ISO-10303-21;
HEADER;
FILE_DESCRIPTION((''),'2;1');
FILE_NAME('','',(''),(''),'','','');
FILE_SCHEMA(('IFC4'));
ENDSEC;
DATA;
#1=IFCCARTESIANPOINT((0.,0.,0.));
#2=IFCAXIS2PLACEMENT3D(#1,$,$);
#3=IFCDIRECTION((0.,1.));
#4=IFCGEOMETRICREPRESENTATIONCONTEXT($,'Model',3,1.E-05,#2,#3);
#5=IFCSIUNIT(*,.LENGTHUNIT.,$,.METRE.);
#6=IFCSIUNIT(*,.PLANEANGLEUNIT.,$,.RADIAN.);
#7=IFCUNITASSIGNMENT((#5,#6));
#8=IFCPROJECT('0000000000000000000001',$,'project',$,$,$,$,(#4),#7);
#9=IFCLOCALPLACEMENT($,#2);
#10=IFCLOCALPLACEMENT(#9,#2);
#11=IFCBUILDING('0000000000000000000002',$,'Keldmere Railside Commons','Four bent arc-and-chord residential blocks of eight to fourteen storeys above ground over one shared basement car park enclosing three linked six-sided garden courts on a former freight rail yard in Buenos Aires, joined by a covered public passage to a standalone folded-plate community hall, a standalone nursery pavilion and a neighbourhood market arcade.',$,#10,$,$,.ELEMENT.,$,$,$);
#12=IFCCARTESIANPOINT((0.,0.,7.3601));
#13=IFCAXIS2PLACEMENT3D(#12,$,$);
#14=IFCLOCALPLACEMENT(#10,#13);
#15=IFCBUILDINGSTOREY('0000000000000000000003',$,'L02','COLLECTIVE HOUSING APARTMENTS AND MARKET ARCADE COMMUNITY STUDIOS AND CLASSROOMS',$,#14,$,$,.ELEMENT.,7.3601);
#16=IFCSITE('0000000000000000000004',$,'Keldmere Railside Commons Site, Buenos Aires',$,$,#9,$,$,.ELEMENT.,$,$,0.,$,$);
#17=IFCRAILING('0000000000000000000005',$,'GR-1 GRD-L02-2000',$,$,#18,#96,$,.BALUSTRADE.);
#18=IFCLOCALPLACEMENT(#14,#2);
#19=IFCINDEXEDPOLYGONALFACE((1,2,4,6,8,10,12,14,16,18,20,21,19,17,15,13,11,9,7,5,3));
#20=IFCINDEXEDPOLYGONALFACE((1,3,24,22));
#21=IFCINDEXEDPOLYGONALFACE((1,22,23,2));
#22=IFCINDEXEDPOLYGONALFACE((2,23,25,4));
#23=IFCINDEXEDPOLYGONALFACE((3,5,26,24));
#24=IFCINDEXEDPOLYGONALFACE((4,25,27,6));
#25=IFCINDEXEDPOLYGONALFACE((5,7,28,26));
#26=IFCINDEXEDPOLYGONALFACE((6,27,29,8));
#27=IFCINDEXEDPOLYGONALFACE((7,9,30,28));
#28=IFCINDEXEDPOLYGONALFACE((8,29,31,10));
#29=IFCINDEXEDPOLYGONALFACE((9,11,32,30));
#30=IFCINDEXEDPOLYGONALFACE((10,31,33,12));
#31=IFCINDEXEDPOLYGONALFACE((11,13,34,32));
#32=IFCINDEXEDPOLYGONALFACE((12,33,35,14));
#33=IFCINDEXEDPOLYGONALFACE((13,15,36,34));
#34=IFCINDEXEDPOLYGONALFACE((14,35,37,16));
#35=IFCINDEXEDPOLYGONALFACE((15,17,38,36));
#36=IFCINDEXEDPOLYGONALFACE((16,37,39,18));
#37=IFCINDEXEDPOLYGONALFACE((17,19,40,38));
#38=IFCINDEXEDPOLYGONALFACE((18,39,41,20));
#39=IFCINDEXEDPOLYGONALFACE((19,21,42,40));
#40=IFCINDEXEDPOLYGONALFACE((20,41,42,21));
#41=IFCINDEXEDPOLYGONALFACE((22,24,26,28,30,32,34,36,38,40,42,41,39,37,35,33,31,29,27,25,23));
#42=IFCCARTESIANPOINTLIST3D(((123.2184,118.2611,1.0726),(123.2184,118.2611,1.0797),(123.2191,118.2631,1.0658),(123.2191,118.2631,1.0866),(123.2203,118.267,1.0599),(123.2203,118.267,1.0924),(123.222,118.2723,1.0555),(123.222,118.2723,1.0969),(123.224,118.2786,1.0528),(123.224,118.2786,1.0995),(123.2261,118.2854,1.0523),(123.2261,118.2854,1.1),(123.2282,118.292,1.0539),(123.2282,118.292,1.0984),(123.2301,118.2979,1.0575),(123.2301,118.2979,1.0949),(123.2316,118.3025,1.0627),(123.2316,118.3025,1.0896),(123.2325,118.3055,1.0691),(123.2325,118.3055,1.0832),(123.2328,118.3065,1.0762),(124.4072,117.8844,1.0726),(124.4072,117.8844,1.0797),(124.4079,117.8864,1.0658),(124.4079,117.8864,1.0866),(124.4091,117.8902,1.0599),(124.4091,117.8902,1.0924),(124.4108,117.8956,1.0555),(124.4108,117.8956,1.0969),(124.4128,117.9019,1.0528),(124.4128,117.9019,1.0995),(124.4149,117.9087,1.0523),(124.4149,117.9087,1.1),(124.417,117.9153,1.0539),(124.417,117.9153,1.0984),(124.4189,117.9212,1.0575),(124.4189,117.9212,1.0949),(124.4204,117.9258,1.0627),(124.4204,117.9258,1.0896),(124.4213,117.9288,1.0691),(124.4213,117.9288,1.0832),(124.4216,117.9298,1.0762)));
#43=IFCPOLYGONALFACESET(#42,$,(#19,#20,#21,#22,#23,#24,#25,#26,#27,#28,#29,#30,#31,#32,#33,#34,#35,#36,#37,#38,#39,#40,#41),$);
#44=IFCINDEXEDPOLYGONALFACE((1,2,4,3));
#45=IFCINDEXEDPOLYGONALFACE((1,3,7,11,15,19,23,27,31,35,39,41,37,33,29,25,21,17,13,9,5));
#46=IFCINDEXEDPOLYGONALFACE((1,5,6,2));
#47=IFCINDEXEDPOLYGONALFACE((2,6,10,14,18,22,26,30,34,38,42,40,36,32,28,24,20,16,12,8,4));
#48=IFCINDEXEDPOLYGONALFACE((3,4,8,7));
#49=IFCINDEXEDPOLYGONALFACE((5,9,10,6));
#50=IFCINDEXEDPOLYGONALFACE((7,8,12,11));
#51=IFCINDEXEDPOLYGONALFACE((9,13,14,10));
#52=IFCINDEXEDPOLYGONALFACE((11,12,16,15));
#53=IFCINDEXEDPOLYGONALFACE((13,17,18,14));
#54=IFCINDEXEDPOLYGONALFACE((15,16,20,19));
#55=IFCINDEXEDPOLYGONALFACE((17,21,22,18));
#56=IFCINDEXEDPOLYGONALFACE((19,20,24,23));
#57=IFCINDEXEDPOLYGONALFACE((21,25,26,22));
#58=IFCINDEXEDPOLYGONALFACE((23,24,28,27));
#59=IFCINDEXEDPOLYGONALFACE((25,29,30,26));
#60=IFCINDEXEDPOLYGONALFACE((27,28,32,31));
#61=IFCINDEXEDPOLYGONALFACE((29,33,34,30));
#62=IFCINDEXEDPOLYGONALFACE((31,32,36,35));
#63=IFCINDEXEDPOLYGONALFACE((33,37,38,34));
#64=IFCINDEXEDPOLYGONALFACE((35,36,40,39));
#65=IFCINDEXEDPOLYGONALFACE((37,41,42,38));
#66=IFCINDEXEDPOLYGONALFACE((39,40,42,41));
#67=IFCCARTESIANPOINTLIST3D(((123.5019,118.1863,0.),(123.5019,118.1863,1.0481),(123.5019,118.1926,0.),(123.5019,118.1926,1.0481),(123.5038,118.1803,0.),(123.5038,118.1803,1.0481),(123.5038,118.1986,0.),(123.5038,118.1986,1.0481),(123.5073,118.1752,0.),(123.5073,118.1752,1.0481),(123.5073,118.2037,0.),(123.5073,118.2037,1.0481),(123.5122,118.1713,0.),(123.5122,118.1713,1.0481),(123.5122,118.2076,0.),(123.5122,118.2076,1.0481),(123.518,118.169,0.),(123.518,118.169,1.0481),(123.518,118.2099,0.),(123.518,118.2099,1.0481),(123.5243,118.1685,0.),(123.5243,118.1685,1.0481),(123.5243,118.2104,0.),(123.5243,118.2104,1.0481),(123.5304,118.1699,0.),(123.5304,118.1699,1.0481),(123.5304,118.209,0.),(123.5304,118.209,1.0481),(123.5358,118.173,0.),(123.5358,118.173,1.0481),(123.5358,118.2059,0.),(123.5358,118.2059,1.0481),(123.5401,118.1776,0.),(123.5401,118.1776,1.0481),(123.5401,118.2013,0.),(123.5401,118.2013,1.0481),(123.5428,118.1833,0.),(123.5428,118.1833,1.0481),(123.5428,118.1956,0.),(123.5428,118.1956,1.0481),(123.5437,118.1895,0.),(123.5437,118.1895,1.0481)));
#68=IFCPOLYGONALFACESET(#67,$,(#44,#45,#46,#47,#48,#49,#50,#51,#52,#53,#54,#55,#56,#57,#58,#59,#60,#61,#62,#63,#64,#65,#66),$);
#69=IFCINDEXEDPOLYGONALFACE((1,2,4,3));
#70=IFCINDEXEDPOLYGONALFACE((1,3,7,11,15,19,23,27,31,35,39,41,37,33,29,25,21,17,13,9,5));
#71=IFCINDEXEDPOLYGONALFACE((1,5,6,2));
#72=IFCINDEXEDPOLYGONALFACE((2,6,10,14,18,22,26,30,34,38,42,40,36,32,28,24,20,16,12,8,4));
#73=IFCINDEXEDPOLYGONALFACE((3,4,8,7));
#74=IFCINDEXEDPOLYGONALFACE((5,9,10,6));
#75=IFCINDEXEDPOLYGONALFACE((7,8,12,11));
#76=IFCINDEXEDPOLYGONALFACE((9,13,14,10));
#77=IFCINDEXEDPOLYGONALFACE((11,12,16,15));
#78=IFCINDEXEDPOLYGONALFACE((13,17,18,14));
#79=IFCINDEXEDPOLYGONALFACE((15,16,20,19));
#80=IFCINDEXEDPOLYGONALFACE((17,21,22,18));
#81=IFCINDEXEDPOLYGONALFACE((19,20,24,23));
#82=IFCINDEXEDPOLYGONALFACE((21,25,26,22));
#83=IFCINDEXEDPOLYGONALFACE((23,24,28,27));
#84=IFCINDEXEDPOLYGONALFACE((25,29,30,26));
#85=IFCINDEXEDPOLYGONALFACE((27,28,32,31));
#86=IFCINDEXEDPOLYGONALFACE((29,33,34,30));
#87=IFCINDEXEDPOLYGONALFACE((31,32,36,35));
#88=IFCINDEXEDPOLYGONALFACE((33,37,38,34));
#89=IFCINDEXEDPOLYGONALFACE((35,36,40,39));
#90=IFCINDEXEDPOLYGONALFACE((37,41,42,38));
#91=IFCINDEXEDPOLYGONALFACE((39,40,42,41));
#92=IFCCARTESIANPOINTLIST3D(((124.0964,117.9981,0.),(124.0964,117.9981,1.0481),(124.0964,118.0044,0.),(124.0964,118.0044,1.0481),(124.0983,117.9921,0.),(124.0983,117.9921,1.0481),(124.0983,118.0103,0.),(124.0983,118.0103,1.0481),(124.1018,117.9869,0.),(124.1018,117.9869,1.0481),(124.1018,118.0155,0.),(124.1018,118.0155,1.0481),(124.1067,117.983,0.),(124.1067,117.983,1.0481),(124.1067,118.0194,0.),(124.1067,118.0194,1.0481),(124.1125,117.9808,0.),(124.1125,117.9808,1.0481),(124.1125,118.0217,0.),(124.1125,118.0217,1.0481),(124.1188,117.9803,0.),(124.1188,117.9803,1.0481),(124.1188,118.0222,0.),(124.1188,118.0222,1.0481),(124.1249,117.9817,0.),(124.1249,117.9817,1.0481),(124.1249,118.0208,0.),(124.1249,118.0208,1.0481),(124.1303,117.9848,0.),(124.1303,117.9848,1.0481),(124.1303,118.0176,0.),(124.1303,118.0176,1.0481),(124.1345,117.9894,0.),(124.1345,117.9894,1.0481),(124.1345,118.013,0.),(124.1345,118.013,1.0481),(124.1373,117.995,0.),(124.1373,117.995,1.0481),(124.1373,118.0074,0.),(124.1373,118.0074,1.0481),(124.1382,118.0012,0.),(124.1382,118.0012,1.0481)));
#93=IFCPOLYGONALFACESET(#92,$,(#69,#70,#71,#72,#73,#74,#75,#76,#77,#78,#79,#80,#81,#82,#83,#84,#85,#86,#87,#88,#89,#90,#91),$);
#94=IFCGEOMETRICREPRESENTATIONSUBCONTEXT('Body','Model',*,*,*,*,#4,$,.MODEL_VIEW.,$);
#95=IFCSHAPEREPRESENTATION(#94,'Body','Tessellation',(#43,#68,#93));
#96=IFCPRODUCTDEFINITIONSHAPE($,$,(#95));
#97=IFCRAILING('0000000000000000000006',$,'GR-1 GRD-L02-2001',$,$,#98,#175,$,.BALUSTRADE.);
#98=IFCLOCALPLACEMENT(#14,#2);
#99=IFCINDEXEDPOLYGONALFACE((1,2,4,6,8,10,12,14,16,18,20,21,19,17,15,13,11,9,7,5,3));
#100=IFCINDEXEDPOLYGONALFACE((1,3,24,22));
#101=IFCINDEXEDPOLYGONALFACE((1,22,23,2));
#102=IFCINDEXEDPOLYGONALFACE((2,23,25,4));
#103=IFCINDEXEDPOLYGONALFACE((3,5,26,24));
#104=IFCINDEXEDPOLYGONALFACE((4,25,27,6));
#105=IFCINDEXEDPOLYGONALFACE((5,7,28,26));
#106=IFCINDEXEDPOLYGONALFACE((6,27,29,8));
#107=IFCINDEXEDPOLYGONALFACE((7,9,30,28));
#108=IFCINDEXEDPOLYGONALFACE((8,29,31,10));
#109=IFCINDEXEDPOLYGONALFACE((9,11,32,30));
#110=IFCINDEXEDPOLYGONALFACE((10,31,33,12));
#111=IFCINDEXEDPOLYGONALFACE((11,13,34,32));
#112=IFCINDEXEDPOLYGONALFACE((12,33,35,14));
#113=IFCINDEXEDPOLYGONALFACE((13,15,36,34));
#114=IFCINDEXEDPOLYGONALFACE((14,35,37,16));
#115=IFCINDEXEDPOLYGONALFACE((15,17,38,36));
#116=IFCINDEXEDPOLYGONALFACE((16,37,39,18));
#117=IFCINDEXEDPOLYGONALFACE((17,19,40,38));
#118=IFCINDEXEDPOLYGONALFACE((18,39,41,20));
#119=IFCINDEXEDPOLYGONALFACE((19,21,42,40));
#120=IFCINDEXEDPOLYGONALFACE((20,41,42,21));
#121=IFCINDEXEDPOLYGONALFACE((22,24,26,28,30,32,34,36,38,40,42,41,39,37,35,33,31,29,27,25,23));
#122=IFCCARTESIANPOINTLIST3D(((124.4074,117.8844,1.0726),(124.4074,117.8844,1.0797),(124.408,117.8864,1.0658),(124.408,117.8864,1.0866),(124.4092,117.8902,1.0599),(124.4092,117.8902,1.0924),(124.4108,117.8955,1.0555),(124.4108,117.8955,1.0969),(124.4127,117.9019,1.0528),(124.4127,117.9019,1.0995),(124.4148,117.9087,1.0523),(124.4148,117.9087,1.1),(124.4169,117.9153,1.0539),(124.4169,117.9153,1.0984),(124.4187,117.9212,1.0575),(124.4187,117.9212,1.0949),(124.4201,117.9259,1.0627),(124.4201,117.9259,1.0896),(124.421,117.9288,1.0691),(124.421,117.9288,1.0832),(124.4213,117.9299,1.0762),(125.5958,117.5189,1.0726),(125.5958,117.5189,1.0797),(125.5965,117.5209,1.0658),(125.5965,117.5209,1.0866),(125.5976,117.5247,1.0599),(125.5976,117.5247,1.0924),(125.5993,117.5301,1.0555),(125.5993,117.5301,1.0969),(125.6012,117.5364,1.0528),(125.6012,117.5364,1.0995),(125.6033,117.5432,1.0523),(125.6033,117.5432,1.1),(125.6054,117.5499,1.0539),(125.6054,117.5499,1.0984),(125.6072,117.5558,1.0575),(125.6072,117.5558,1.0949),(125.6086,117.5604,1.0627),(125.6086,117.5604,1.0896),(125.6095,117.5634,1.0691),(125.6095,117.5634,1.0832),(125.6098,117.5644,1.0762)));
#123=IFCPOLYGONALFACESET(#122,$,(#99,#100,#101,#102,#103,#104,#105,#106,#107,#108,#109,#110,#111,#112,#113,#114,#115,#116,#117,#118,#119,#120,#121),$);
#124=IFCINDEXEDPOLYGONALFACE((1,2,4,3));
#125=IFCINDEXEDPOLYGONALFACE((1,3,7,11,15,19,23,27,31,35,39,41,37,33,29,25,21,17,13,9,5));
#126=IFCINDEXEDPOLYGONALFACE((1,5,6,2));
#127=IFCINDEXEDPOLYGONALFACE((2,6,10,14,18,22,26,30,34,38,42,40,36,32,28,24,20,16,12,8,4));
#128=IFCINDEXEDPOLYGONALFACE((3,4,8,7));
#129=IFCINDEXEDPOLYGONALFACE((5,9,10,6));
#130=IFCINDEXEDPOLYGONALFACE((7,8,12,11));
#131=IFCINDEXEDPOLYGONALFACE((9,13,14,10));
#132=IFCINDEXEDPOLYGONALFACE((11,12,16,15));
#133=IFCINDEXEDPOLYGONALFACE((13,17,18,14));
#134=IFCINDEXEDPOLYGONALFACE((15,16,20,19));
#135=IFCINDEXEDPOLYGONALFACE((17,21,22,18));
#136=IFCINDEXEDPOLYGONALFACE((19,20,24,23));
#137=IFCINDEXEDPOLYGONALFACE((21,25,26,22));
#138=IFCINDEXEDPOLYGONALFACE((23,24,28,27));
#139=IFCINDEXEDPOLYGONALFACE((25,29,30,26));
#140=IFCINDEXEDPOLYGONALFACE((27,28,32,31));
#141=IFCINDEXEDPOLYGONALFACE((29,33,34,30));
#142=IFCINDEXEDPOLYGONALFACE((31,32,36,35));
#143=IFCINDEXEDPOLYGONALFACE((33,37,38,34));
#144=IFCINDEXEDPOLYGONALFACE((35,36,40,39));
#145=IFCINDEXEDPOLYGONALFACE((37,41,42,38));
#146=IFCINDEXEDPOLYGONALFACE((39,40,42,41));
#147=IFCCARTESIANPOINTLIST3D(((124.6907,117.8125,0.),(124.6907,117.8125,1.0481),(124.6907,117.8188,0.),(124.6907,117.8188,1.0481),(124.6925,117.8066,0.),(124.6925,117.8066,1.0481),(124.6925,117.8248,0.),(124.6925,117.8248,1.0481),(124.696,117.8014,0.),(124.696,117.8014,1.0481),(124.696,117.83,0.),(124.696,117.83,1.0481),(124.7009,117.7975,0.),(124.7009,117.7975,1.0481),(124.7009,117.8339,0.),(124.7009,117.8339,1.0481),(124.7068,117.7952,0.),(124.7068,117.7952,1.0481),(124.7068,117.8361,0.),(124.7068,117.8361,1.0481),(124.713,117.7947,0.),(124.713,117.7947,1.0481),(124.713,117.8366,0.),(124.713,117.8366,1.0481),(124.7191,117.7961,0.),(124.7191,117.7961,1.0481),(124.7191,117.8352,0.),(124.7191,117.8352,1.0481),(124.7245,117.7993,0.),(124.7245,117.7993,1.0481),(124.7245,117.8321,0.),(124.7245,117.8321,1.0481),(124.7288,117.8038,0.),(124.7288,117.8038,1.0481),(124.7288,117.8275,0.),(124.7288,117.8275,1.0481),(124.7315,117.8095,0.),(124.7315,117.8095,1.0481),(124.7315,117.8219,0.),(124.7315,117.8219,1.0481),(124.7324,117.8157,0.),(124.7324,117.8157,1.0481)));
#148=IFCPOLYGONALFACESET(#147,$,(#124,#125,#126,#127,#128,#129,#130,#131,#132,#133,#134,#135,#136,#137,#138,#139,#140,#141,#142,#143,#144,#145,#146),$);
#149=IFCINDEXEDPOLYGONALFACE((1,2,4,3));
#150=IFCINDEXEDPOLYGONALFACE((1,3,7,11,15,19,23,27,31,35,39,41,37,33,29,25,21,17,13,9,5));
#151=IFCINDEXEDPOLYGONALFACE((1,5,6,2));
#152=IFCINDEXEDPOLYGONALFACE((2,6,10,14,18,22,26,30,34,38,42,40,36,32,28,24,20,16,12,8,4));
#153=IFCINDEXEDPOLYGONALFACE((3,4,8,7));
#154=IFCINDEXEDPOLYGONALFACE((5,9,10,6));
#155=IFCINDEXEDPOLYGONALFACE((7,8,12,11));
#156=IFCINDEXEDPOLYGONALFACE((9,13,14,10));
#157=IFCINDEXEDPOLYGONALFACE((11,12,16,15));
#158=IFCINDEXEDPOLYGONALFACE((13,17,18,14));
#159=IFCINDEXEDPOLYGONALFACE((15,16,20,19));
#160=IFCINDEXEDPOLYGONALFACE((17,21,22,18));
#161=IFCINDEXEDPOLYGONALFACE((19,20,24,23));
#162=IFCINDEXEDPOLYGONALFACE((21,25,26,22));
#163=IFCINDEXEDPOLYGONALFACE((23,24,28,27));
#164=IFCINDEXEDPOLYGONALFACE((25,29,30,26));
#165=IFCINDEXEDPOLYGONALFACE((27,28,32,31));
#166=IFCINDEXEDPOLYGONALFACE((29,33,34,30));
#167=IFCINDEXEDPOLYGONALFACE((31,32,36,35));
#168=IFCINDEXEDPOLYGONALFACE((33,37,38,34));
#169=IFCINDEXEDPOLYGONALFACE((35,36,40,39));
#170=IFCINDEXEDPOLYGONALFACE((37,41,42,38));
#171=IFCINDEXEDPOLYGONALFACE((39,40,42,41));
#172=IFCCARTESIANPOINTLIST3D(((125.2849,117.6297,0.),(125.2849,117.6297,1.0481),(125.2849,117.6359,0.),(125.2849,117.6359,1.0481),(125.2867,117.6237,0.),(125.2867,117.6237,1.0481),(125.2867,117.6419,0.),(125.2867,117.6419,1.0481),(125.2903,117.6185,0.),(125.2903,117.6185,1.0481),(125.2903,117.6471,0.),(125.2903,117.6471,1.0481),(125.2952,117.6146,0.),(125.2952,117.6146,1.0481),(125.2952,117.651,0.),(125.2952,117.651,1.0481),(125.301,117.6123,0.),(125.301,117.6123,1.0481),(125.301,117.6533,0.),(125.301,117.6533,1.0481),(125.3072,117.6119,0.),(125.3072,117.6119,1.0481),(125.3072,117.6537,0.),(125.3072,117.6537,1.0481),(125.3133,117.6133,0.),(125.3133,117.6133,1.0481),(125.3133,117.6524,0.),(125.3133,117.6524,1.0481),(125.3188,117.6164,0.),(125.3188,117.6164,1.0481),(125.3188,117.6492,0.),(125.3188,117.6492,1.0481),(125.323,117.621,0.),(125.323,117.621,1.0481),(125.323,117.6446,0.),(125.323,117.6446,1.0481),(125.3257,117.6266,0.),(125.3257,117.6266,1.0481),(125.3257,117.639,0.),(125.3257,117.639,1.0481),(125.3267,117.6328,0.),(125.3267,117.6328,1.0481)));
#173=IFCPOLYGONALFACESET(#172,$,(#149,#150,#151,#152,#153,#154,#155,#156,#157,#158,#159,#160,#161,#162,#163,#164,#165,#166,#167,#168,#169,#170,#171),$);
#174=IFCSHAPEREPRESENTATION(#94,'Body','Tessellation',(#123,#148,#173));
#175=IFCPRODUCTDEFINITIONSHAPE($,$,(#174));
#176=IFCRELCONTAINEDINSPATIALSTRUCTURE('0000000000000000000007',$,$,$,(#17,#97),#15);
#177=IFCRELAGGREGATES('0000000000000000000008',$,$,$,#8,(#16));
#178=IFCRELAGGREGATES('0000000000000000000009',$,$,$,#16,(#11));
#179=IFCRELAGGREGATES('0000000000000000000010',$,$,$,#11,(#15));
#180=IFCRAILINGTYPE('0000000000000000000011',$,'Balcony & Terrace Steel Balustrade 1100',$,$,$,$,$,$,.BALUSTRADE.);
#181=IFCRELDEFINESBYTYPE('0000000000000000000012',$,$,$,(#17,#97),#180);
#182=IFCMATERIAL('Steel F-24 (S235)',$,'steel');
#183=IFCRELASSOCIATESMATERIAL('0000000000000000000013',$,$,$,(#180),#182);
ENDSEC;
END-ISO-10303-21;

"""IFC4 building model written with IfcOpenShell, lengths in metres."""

from ifc_helpers import new_model, si_unit, direction, frame, origin, origin_2d, place, context, subcontext, project, spatial, circle, extrude, material, type_object, element, save


model = new_model("IFC4")

# Units and contexts
model_context = context("Model", 3, precision=1e-05, world=origin(), true_north=direction((0.0, 1.0)))
body_context = subcontext(model_context, "Body", "Model", "MODEL_VIEW")
ifc_project = project(units=[si_unit("LENGTHUNIT", "METRE"), si_unit("PLANEANGLEUNIT", "RADIAN")], contexts=[model_context])

# Site, building, storey
site_placement = place(None, origin())
site = spatial("IfcSite", under=ifc_project, at=site_placement, Name="Keldmere Railside Commons Site, Buenos Aires", CompositionType="ELEMENT", RefElevation=0.0)
building_placement = place(site_placement, origin())
building = spatial("IfcBuilding", under=site, at=building_placement, Name="Keldmere Railside Commons", Description="Four bent arc-and-chord residential blocks of eight to fourteen storeys above ground over one shared basement car park enclosing three linked six-sided garden courts on a former freight rail yard in Buenos Aires, joined by a covered public passage to a standalone folded-plate community hall, a standalone nursery pavilion and a neighbourhood market arcade.", CompositionType="ELEMENT")
storey_placement = place(building_placement, frame((0.0, 0.0, 7.3601)))
storey = spatial("IfcBuildingStorey", under=building, at=storey_placement, Name="L02", Description="COLLECTIVE HOUSING APARTMENTS AND MARKET ARCADE COMMUNITY STUDIOS AND CLASSROOMS", CompositionType="ELEMENT", Elevation=7.3601)

# Railings
ifc_material_1 = material(Name="Steel F-24 (S235)", Category="steel")
railing_type = type_object("IfcRailingType", Name="Balcony & Terrace Steel Balustrade 1100", PredefinedType="BALUSTRADE", material=ifc_material_1)
railing_1_placement = place(storey_placement, frame((123.2256, 118.2837, 0.0)))
element("IfcRailing", 1, at=railing_1_placement, inside=storey, type_object=railing_type, Name="GR-1 GRD-L02-2000", PredefinedType="BALUSTRADE", context=body_context, shape_type="SweptSolid", body=[
    extrude(circle(Radius=0.0239, at=origin_2d()), frame((0.0, 0.0, 1.0762), z_axis=(0.953277, -0.302096, 0.0), x_axis=(0.302096, 0.953277, 0.0)), (0.0, 0.0, 1.0), 1.2471),
    extrude(circle(Radius=0.021, at=origin_2d()), frame((0.2971, -0.0942, 0.0)), (0.0, 0.0, 1.0), 1.0481),
    extrude(circle(Radius=0.021, at=origin_2d()), frame((0.8916, -0.2825, 0.0)), (0.0, 0.0, 1.0), 1.0481),
])
railing_2_placement = place(storey_placement, frame((124.4143, 117.907, 0.0)))
element("IfcRailing", 2, at=railing_2_placement, inside=storey, type_object=railing_type, Name="GR-1 GRD-L02-2001", PredefinedType="BALUSTRADE", context=body_context, shape_type="SweptSolid", body=[
    extrude(circle(Radius=0.0239, at=origin_2d()), frame((0.0, 0.0, 1.0762), z_axis=(0.955826, -0.293934, 0.0), x_axis=(0.293934, 0.955826, 0.0)), (0.0, 0.0, 1.0), 1.2434),
    extrude(circle(Radius=0.021, at=origin_2d()), frame((0.2971, -0.0913, 0.0)), (0.0, 0.0, 1.0), 1.0481),
    extrude(circle(Radius=0.021, at=origin_2d()), frame((0.8914, -0.2742, 0.0)), (0.0, 0.0, 1.0), 1.0481),
])

save(model, "model.ifc")
